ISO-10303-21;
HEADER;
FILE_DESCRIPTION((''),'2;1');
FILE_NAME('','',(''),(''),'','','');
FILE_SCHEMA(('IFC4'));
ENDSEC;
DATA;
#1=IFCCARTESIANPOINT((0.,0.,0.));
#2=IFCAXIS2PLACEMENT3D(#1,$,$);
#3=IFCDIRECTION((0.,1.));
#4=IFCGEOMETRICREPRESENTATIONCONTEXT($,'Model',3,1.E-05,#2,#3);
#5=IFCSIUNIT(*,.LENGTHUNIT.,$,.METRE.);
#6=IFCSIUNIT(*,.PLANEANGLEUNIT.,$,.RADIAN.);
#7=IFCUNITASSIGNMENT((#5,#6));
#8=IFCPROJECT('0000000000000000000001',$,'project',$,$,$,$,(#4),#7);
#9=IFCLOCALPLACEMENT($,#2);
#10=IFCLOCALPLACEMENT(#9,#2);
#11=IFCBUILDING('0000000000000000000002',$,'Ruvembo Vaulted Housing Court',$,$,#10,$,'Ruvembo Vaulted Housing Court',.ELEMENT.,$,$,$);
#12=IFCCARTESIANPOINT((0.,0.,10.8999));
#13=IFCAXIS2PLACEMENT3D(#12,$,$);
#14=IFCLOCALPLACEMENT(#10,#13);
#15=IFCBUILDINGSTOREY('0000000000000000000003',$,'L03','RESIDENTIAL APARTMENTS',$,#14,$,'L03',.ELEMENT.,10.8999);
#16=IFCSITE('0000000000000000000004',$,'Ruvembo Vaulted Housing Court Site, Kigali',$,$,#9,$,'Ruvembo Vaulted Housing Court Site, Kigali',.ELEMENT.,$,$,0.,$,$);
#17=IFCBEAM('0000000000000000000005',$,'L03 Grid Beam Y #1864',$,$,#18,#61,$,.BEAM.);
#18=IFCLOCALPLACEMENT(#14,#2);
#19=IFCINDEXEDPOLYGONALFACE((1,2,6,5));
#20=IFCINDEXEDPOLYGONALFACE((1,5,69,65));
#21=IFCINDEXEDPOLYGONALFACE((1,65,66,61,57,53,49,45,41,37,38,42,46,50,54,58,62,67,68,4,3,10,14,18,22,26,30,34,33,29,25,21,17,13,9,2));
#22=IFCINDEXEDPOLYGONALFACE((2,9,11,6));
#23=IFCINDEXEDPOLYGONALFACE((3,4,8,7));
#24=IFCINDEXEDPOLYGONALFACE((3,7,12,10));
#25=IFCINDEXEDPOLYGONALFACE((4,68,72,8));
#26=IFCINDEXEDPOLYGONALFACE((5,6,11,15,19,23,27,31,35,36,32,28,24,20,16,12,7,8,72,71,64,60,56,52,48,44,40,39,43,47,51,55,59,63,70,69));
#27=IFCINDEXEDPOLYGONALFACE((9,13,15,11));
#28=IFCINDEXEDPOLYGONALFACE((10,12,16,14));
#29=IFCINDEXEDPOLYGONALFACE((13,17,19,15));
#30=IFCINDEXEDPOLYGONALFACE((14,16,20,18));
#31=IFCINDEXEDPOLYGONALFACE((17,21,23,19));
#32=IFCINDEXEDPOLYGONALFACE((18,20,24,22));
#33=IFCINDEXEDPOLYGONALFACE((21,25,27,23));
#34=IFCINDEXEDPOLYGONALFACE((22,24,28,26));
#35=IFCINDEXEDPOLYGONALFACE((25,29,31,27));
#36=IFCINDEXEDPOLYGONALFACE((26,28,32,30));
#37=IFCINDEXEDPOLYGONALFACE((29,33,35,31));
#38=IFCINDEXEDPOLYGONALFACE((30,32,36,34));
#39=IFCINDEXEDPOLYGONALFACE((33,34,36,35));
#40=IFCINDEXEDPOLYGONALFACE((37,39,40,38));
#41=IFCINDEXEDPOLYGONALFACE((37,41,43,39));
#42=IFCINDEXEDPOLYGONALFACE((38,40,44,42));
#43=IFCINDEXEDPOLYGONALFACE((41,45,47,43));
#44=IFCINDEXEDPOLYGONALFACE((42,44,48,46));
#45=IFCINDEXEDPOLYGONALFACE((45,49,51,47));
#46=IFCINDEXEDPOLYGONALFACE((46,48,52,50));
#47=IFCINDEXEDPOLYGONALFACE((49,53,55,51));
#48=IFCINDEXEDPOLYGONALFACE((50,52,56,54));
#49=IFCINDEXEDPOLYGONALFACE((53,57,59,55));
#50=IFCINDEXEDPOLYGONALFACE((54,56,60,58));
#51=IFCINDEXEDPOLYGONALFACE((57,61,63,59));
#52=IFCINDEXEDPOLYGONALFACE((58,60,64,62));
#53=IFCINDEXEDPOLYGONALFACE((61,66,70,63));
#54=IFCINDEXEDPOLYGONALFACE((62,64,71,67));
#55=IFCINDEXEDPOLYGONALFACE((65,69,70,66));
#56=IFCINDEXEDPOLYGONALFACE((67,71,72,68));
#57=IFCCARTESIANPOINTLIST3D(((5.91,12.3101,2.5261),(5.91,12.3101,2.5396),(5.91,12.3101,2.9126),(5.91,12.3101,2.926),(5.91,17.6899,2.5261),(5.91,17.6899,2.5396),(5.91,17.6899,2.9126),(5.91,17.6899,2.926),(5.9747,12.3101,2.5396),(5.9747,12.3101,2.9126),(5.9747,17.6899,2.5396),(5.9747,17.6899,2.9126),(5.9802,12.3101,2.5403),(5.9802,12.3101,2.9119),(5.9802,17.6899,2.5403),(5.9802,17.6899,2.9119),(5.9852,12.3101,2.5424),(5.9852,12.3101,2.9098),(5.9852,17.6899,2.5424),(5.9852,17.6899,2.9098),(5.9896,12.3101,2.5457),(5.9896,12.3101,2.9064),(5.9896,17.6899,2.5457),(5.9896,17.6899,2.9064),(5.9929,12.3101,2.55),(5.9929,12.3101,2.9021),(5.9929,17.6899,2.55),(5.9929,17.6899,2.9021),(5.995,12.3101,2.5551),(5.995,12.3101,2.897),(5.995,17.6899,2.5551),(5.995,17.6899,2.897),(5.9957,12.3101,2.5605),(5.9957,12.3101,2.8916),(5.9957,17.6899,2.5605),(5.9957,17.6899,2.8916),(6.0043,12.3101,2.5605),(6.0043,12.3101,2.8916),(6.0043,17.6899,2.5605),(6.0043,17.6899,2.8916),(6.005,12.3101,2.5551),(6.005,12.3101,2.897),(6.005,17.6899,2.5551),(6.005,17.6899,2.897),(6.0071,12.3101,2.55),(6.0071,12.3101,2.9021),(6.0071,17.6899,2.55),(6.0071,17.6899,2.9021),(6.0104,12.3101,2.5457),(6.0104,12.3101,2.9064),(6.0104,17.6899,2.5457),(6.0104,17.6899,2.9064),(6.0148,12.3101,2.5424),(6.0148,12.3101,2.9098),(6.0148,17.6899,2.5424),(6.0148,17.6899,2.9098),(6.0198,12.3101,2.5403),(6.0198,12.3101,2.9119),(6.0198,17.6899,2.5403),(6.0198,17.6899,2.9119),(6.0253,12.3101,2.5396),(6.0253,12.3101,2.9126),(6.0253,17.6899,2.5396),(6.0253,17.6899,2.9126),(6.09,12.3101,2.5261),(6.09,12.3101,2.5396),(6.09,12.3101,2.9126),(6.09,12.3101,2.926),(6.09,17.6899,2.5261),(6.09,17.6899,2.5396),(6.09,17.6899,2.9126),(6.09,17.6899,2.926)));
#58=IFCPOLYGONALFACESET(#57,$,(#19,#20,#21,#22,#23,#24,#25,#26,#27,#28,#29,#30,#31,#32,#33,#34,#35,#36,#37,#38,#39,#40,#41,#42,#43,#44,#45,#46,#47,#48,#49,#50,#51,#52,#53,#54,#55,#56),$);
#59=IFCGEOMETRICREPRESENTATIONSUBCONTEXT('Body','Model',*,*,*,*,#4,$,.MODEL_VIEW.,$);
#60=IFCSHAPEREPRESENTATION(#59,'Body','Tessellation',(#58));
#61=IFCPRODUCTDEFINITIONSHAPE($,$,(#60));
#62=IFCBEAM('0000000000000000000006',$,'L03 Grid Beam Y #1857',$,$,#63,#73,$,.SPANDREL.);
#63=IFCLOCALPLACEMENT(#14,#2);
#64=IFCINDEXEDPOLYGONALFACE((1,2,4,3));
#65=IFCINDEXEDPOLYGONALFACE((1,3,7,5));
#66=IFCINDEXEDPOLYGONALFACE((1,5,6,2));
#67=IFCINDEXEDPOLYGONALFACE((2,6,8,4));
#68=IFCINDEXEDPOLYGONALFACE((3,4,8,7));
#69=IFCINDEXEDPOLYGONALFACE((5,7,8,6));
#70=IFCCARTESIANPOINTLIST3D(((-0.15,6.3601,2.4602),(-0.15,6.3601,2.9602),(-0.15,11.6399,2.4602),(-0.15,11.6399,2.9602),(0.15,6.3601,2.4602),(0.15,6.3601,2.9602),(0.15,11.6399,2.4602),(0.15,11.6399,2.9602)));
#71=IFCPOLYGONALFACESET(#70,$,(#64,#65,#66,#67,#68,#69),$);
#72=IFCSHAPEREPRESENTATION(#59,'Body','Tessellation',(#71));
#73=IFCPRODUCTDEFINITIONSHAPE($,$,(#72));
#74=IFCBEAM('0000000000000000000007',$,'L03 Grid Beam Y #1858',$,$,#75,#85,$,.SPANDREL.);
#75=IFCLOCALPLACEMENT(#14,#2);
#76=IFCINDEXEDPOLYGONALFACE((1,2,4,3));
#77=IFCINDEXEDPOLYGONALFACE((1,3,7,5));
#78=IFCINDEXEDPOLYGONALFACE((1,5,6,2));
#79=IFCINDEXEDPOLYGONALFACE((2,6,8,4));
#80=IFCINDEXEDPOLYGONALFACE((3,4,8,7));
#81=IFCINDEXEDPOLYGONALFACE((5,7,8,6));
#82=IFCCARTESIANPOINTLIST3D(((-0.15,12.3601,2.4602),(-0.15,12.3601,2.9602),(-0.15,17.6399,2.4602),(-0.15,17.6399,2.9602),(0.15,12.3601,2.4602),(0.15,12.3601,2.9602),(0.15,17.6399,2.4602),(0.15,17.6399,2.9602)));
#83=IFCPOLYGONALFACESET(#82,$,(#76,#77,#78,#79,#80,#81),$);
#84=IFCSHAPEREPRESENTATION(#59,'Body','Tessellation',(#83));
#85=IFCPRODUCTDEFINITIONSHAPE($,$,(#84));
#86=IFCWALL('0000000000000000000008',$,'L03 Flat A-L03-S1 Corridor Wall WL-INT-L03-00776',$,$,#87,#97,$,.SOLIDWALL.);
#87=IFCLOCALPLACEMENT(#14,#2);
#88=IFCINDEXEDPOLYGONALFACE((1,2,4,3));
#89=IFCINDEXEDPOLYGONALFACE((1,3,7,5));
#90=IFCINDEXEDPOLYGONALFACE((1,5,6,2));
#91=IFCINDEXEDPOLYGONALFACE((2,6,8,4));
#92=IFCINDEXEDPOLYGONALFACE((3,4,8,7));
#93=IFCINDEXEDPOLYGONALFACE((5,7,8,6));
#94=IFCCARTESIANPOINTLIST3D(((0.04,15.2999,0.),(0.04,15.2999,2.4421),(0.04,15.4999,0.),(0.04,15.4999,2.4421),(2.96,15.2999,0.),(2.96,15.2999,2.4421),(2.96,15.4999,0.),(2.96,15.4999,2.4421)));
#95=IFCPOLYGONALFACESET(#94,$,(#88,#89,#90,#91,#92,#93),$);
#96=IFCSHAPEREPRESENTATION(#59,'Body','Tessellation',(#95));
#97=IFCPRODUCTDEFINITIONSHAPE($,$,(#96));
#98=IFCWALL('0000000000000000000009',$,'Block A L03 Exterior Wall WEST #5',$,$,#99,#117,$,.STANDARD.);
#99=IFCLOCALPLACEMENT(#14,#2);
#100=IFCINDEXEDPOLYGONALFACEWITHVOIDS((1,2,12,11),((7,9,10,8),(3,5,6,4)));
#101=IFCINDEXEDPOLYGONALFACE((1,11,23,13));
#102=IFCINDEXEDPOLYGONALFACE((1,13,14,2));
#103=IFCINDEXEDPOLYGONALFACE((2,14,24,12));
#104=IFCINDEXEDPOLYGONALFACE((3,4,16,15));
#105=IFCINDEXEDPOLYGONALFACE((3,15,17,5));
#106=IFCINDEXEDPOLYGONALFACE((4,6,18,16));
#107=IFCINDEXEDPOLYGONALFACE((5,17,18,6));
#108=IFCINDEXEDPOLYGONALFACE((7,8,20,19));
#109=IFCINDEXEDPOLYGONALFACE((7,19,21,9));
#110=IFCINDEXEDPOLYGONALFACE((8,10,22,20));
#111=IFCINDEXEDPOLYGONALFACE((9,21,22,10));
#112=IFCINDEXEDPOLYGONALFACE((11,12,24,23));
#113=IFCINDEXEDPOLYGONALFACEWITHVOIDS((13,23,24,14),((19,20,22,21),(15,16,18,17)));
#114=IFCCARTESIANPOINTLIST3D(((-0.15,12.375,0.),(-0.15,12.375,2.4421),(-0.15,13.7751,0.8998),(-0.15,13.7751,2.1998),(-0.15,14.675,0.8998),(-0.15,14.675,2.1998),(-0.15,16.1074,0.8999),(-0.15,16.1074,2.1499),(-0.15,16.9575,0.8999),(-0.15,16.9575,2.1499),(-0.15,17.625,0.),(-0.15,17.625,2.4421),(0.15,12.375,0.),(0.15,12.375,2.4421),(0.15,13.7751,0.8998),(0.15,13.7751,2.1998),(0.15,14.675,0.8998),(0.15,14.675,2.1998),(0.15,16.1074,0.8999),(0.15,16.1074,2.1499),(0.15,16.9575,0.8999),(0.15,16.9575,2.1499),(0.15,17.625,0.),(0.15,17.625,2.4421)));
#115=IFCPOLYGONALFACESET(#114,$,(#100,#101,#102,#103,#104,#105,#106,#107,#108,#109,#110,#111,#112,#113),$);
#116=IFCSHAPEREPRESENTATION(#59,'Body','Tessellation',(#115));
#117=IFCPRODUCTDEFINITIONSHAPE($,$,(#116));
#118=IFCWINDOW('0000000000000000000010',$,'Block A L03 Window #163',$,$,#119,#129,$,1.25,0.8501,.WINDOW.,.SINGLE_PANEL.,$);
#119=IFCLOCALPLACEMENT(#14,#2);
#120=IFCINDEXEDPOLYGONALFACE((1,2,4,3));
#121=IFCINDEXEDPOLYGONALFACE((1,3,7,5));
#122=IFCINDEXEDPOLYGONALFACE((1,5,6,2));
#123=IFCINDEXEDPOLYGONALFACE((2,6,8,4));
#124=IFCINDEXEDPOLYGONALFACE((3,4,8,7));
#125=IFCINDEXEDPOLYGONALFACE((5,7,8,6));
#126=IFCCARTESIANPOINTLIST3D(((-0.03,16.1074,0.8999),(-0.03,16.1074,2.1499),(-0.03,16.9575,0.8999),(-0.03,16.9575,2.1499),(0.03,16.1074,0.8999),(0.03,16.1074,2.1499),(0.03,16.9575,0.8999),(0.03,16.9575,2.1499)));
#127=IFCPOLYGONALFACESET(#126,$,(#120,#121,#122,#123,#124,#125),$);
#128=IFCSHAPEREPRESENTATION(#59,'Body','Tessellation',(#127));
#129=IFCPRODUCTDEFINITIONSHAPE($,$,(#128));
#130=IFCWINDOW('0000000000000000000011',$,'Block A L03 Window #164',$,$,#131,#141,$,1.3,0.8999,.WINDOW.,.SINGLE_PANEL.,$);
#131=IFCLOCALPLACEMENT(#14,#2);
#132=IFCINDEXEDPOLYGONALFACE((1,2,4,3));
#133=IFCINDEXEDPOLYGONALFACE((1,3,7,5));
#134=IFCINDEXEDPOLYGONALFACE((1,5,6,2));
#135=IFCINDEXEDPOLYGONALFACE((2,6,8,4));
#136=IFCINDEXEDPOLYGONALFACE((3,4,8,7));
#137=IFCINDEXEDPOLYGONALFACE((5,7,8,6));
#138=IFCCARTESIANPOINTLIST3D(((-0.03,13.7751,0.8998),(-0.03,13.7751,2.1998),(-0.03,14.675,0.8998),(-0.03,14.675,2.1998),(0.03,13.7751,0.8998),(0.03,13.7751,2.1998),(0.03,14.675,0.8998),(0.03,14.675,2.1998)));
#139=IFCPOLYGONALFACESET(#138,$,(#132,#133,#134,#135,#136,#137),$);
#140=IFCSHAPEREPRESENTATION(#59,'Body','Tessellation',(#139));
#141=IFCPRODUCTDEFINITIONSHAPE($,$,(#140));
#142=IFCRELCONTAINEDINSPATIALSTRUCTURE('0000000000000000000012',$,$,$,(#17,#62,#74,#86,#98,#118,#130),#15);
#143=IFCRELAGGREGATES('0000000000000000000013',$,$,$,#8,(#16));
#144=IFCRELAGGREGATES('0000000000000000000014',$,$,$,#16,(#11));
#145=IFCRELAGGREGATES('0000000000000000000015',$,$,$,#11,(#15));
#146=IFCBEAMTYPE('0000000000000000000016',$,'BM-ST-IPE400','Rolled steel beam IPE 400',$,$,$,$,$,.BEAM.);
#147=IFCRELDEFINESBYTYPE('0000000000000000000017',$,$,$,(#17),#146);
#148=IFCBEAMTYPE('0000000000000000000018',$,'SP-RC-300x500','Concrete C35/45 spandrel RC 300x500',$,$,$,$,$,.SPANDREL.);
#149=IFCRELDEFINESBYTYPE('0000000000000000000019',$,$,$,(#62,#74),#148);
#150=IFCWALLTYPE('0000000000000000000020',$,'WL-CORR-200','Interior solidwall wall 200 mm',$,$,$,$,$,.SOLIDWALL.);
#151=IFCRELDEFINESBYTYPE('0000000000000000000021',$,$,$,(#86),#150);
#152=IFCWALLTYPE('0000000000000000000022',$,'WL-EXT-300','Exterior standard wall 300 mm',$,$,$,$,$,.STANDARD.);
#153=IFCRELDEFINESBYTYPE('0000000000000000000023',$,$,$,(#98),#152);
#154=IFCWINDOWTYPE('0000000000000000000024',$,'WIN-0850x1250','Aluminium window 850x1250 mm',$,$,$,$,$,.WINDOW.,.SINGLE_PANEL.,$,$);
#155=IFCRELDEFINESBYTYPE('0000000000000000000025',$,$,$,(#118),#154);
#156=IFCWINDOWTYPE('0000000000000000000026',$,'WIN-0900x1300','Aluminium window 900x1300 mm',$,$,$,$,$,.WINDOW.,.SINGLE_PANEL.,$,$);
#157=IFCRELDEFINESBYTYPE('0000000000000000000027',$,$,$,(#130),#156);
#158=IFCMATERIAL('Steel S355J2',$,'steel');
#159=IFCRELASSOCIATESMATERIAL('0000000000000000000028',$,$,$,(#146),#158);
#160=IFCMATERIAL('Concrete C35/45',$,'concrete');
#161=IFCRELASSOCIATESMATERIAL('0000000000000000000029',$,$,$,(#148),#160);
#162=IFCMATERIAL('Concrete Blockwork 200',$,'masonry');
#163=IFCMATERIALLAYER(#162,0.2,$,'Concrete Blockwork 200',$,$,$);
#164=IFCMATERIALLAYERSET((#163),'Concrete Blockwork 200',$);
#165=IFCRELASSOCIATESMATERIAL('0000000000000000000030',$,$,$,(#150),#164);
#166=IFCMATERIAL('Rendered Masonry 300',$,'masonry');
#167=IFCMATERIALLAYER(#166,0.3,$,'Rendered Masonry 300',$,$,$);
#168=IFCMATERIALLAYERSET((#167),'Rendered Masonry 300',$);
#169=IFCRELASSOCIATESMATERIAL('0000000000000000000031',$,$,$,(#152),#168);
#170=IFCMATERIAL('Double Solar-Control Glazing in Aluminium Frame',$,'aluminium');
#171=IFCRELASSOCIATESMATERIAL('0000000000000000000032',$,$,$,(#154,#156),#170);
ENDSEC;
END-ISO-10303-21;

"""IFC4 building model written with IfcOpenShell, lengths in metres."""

from ifc_helpers import new_model, si_unit, direction, frame, frame_2d, origin, origin_2d, place, context, subcontext, project, spatial, rectangle, i_section, extrude, material, layer, layer_set, material_profile, profile_set, type_object, element, fill, save


model = new_model("IFC4")

# Units and contexts
model_context = context("Model", 3, precision=1e-05, world=origin(), true_north=direction((0.0, 1.0)))
body_context = subcontext(model_context, "Body", "Model", "MODEL_VIEW")
ifc_project = project(units=[si_unit("LENGTHUNIT", "METRE"), si_unit("PLANEANGLEUNIT", "RADIAN")], contexts=[model_context])

# Site, building, storey
site_placement = place(None, origin())
site = spatial("IfcSite", under=ifc_project, at=site_placement, Name="Ruvembo Vaulted Housing Court Site, Kigali", LongName="Ruvembo Vaulted Housing Court Site, Kigali", CompositionType="ELEMENT", RefElevation=0.0)
building_placement = place(site_placement, origin())
building = spatial("IfcBuilding", under=site, at=building_placement, Name="Ruvembo Vaulted Housing Court", LongName="Ruvembo Vaulted Housing Court", CompositionType="ELEMENT")
storey_placement = place(building_placement, frame((0.0, 0.0, 10.8999)))
storey = spatial("IfcBuildingStorey", under=building, at=storey_placement, Name="L03", Description="RESIDENTIAL APARTMENTS", LongName="L03", CompositionType="ELEMENT", Elevation=10.8999)

# Beams
ifc_material_1 = material(Name="Steel S355J2", Category="steel")
ifc_material_profile_1 = material_profile(ifc_material_1, i_section(OverallWidth=0.1799, OverallDepth=0.3999, WebThickness=0.0085, FlangeThickness=0.0134, FilletRadius=0.021, at=origin_2d()), Name="IPE 400")
ifc_profile_set_1 = profile_set([ifc_material_profile_1], Name="Steel S355J2")
beam_type_1 = type_object("IfcBeamType", Name="BM-ST-IPE400", Description="Rolled steel beam IPE 400", PredefinedType="BEAM", material=ifc_profile_set_1)
beam_1_placement = place(storey_placement, frame((6.0, 12.3101, 2.7261), z_axis=(0.0, 1.0, 0.0), x_axis=(-1.0, 0.0, 0.0)))
element("IfcBeam", 1, at=beam_1_placement, inside=storey, type_object=beam_type_1, Name="L03 Grid Beam Y #1864", PredefinedType="BEAM", context=body_context, shape_type="SweptSolid", body=[
    extrude(i_section(OverallWidth=0.1799, OverallDepth=0.3999, WebThickness=0.0085, FlangeThickness=0.0134, FilletRadius=0.021, at=origin_2d()), origin(), (0.0, 0.0, 1.0), 5.3799),
])
ifc_material_2 = material(Name="Concrete C35/45", Category="concrete")
ifc_material_profile_2 = material_profile(ifc_material_2, rectangle(XDim=0.3, YDim=0.5, at=origin_2d()), Name="RC 300x500")
ifc_profile_set_2 = profile_set([ifc_material_profile_2], Name="Concrete C35/45")
beam_type_2 = type_object("IfcBeamType", Name="SP-RC-300x500", Description="Concrete C35/45 spandrel RC 300x500", PredefinedType="SPANDREL", material=ifc_profile_set_2)
for number, where, z_axis, x_axis, name in (
    (2, (0.0, 6.3601, 2.7102), (0.0, 1.0, 0.0), (-1.0, 0.0, 0.0), "L03 Grid Beam Y #1857"),
    (3, (0.0, 12.3601, 2.7102), (0.0, 1.0, 0.0), (-1.0, 0.0, 0.0), "L03 Grid Beam Y #1858"),
):
    element("IfcBeam", number, at=place(storey_placement, frame(where, z_axis=z_axis, x_axis=x_axis)), inside=storey, type_object=beam_type_2, Name=name, PredefinedType="SPANDREL", context=body_context, shape_type="SweptSolid", body=[
        extrude(rectangle(XDim=0.3, YDim=0.5, at=origin_2d()), origin(), (0.0, 0.0, 1.0), 5.2798),
    ])

# Wall
ifc_material_3 = material(Name="Concrete Blockwork 200", Category="masonry")
ifc_layer_1 = layer(ifc_material_3, 0.2, Name="Concrete Blockwork 200")
ifc_layer_set_1 = layer_set([ifc_layer_1], Name="Concrete Blockwork 200")
wall_type_1 = type_object("IfcWallType", Name="WL-CORR-200", Description="Interior solidwall wall 200 mm", PredefinedType="SOLIDWALL", material=ifc_layer_set_1)
wall_1_placement = place(storey_placement, frame((0.04, 15.3999, 0.0), z_axis=(0.0, 0.0, 1.0), x_axis=(1.0, 0.0, 0.0)))
element("IfcWall", 4, at=wall_1_placement, inside=storey, type_object=wall_type_1, Name="L03 Flat A-L03-S1 Corridor Wall WL-INT-L03-00776", PredefinedType="SOLIDWALL", context=body_context, shape_type="SweptSolid", body=[
    extrude(rectangle(XDim=2.9199, YDim=0.2, at=frame_2d((1.46, 0.0))), origin(), (0.0, 0.0, 1.0), 2.4421),
])

# Wall, openings, windows
ifc_material_4 = material(Name="Rendered Masonry 300", Category="masonry")
ifc_layer_2 = layer(ifc_material_4, 0.3, Name="Rendered Masonry 300")
ifc_layer_set_2 = layer_set([ifc_layer_2], Name="Rendered Masonry 300")
wall_type_2 = type_object("IfcWallType", Name="WL-EXT-300", Description="Exterior standard wall 300 mm", PredefinedType="STANDARD", material=ifc_layer_set_2)
wall_2_placement = place(storey_placement, frame((0.0, 17.625, 0.0), z_axis=(0.0, 0.0, 1.0), x_axis=(0.0, -1.0, 0.0)))
wall_2 = element("IfcWall", 5, at=wall_2_placement, inside=storey, type_object=wall_type_2, Name="Block A L03 Exterior Wall WEST #5", PredefinedType="STANDARD", context=body_context, shape_type="SweptSolid", body=[
    extrude(rectangle(XDim=5.25, YDim=0.3, at=frame_2d((2.625, 0.0))), origin(), (0.0, 0.0, 1.0), 2.4421),
])
opening_1_placement = place(wall_2_placement, frame((0.6675, 0.0, 0.8999)))
opening_1 = element("IfcOpeningElement", 6, at=opening_1_placement, cuts=wall_2, PredefinedType="OPENING", context=body_context, shape_type="SweptSolid", body=[
    extrude(rectangle(XDim=0.8501, YDim=1.25, at=frame_2d((0.425, 0.625))), frame((0.0, 0.1599, 0.0), z_axis=(0.0, -1.0, 0.0), x_axis=(1.0, 0.0, 0.0)), (0.0, 0.0, 1.0), 0.3201),
])
opening_2_placement = place(wall_2_placement, frame((2.95, 0.0, 0.8999)))
opening_2 = element("IfcOpeningElement", 7, at=opening_2_placement, cuts=wall_2, PredefinedType="OPENING", context=body_context, shape_type="SweptSolid", body=[
    extrude(rectangle(XDim=0.8999, YDim=1.3, at=frame_2d((0.45, 0.6499))), frame((0.0, 0.1599, 0.0), z_axis=(0.0, -1.0, 0.0), x_axis=(1.0, 0.0, 0.0)), (0.0, 0.0, 1.0), 0.3201),
])
ifc_material_5 = material(Name="Double Solar-Control Glazing in Aluminium Frame", Category="aluminium")
window_type_1 = type_object("IfcWindowType", Name="WIN-0850x1250", Description="Aluminium window 850x1250 mm", PartitioningType="SINGLE_PANEL", PredefinedType="WINDOW", material=ifc_material_5)
window_1_placement = place(opening_1_placement, origin())
window_1 = element("IfcWindow", 8, at=window_1_placement, inside=storey, type_object=window_type_1, Name="Block A L03 Window #163", OverallHeight=1.25, OverallWidth=0.8501, PartitioningType="SINGLE_PANEL", PredefinedType="WINDOW", context=body_context, shape_type="SweptSolid", body=[
    extrude(rectangle(XDim=0.8501, YDim=1.25, at=frame_2d((0.425, 0.625))), frame((0.0, 0.03, 0.0), z_axis=(0.0, -1.0, 0.0), x_axis=(1.0, 0.0, 0.0)), (0.0, 0.0, 1.0), 0.0601),
])
fill(opening_1, window_1)
window_type_2 = type_object("IfcWindowType", Name="WIN-0900x1300", Description="Aluminium window 900x1300 mm", PartitioningType="SINGLE_PANEL", PredefinedType="WINDOW", material=ifc_material_5)
window_2_placement = place(opening_2_placement, origin())
window_2 = element("IfcWindow", 9, at=window_2_placement, inside=storey, type_object=window_type_2, Name="Block A L03 Window #164", OverallHeight=1.3, OverallWidth=0.8999, PartitioningType="SINGLE_PANEL", PredefinedType="WINDOW", context=body_context, shape_type="SweptSolid", body=[
    extrude(rectangle(XDim=0.8999, YDim=1.3, at=frame_2d((0.45, 0.6499))), frame((0.0, 0.03, 0.0), z_axis=(0.0, -1.0, 0.0), x_axis=(1.0, 0.0, 0.0)), (0.0, 0.0, 1.0), 0.0601),
])
fill(opening_2, window_2)

save(model, "model.ifc")
